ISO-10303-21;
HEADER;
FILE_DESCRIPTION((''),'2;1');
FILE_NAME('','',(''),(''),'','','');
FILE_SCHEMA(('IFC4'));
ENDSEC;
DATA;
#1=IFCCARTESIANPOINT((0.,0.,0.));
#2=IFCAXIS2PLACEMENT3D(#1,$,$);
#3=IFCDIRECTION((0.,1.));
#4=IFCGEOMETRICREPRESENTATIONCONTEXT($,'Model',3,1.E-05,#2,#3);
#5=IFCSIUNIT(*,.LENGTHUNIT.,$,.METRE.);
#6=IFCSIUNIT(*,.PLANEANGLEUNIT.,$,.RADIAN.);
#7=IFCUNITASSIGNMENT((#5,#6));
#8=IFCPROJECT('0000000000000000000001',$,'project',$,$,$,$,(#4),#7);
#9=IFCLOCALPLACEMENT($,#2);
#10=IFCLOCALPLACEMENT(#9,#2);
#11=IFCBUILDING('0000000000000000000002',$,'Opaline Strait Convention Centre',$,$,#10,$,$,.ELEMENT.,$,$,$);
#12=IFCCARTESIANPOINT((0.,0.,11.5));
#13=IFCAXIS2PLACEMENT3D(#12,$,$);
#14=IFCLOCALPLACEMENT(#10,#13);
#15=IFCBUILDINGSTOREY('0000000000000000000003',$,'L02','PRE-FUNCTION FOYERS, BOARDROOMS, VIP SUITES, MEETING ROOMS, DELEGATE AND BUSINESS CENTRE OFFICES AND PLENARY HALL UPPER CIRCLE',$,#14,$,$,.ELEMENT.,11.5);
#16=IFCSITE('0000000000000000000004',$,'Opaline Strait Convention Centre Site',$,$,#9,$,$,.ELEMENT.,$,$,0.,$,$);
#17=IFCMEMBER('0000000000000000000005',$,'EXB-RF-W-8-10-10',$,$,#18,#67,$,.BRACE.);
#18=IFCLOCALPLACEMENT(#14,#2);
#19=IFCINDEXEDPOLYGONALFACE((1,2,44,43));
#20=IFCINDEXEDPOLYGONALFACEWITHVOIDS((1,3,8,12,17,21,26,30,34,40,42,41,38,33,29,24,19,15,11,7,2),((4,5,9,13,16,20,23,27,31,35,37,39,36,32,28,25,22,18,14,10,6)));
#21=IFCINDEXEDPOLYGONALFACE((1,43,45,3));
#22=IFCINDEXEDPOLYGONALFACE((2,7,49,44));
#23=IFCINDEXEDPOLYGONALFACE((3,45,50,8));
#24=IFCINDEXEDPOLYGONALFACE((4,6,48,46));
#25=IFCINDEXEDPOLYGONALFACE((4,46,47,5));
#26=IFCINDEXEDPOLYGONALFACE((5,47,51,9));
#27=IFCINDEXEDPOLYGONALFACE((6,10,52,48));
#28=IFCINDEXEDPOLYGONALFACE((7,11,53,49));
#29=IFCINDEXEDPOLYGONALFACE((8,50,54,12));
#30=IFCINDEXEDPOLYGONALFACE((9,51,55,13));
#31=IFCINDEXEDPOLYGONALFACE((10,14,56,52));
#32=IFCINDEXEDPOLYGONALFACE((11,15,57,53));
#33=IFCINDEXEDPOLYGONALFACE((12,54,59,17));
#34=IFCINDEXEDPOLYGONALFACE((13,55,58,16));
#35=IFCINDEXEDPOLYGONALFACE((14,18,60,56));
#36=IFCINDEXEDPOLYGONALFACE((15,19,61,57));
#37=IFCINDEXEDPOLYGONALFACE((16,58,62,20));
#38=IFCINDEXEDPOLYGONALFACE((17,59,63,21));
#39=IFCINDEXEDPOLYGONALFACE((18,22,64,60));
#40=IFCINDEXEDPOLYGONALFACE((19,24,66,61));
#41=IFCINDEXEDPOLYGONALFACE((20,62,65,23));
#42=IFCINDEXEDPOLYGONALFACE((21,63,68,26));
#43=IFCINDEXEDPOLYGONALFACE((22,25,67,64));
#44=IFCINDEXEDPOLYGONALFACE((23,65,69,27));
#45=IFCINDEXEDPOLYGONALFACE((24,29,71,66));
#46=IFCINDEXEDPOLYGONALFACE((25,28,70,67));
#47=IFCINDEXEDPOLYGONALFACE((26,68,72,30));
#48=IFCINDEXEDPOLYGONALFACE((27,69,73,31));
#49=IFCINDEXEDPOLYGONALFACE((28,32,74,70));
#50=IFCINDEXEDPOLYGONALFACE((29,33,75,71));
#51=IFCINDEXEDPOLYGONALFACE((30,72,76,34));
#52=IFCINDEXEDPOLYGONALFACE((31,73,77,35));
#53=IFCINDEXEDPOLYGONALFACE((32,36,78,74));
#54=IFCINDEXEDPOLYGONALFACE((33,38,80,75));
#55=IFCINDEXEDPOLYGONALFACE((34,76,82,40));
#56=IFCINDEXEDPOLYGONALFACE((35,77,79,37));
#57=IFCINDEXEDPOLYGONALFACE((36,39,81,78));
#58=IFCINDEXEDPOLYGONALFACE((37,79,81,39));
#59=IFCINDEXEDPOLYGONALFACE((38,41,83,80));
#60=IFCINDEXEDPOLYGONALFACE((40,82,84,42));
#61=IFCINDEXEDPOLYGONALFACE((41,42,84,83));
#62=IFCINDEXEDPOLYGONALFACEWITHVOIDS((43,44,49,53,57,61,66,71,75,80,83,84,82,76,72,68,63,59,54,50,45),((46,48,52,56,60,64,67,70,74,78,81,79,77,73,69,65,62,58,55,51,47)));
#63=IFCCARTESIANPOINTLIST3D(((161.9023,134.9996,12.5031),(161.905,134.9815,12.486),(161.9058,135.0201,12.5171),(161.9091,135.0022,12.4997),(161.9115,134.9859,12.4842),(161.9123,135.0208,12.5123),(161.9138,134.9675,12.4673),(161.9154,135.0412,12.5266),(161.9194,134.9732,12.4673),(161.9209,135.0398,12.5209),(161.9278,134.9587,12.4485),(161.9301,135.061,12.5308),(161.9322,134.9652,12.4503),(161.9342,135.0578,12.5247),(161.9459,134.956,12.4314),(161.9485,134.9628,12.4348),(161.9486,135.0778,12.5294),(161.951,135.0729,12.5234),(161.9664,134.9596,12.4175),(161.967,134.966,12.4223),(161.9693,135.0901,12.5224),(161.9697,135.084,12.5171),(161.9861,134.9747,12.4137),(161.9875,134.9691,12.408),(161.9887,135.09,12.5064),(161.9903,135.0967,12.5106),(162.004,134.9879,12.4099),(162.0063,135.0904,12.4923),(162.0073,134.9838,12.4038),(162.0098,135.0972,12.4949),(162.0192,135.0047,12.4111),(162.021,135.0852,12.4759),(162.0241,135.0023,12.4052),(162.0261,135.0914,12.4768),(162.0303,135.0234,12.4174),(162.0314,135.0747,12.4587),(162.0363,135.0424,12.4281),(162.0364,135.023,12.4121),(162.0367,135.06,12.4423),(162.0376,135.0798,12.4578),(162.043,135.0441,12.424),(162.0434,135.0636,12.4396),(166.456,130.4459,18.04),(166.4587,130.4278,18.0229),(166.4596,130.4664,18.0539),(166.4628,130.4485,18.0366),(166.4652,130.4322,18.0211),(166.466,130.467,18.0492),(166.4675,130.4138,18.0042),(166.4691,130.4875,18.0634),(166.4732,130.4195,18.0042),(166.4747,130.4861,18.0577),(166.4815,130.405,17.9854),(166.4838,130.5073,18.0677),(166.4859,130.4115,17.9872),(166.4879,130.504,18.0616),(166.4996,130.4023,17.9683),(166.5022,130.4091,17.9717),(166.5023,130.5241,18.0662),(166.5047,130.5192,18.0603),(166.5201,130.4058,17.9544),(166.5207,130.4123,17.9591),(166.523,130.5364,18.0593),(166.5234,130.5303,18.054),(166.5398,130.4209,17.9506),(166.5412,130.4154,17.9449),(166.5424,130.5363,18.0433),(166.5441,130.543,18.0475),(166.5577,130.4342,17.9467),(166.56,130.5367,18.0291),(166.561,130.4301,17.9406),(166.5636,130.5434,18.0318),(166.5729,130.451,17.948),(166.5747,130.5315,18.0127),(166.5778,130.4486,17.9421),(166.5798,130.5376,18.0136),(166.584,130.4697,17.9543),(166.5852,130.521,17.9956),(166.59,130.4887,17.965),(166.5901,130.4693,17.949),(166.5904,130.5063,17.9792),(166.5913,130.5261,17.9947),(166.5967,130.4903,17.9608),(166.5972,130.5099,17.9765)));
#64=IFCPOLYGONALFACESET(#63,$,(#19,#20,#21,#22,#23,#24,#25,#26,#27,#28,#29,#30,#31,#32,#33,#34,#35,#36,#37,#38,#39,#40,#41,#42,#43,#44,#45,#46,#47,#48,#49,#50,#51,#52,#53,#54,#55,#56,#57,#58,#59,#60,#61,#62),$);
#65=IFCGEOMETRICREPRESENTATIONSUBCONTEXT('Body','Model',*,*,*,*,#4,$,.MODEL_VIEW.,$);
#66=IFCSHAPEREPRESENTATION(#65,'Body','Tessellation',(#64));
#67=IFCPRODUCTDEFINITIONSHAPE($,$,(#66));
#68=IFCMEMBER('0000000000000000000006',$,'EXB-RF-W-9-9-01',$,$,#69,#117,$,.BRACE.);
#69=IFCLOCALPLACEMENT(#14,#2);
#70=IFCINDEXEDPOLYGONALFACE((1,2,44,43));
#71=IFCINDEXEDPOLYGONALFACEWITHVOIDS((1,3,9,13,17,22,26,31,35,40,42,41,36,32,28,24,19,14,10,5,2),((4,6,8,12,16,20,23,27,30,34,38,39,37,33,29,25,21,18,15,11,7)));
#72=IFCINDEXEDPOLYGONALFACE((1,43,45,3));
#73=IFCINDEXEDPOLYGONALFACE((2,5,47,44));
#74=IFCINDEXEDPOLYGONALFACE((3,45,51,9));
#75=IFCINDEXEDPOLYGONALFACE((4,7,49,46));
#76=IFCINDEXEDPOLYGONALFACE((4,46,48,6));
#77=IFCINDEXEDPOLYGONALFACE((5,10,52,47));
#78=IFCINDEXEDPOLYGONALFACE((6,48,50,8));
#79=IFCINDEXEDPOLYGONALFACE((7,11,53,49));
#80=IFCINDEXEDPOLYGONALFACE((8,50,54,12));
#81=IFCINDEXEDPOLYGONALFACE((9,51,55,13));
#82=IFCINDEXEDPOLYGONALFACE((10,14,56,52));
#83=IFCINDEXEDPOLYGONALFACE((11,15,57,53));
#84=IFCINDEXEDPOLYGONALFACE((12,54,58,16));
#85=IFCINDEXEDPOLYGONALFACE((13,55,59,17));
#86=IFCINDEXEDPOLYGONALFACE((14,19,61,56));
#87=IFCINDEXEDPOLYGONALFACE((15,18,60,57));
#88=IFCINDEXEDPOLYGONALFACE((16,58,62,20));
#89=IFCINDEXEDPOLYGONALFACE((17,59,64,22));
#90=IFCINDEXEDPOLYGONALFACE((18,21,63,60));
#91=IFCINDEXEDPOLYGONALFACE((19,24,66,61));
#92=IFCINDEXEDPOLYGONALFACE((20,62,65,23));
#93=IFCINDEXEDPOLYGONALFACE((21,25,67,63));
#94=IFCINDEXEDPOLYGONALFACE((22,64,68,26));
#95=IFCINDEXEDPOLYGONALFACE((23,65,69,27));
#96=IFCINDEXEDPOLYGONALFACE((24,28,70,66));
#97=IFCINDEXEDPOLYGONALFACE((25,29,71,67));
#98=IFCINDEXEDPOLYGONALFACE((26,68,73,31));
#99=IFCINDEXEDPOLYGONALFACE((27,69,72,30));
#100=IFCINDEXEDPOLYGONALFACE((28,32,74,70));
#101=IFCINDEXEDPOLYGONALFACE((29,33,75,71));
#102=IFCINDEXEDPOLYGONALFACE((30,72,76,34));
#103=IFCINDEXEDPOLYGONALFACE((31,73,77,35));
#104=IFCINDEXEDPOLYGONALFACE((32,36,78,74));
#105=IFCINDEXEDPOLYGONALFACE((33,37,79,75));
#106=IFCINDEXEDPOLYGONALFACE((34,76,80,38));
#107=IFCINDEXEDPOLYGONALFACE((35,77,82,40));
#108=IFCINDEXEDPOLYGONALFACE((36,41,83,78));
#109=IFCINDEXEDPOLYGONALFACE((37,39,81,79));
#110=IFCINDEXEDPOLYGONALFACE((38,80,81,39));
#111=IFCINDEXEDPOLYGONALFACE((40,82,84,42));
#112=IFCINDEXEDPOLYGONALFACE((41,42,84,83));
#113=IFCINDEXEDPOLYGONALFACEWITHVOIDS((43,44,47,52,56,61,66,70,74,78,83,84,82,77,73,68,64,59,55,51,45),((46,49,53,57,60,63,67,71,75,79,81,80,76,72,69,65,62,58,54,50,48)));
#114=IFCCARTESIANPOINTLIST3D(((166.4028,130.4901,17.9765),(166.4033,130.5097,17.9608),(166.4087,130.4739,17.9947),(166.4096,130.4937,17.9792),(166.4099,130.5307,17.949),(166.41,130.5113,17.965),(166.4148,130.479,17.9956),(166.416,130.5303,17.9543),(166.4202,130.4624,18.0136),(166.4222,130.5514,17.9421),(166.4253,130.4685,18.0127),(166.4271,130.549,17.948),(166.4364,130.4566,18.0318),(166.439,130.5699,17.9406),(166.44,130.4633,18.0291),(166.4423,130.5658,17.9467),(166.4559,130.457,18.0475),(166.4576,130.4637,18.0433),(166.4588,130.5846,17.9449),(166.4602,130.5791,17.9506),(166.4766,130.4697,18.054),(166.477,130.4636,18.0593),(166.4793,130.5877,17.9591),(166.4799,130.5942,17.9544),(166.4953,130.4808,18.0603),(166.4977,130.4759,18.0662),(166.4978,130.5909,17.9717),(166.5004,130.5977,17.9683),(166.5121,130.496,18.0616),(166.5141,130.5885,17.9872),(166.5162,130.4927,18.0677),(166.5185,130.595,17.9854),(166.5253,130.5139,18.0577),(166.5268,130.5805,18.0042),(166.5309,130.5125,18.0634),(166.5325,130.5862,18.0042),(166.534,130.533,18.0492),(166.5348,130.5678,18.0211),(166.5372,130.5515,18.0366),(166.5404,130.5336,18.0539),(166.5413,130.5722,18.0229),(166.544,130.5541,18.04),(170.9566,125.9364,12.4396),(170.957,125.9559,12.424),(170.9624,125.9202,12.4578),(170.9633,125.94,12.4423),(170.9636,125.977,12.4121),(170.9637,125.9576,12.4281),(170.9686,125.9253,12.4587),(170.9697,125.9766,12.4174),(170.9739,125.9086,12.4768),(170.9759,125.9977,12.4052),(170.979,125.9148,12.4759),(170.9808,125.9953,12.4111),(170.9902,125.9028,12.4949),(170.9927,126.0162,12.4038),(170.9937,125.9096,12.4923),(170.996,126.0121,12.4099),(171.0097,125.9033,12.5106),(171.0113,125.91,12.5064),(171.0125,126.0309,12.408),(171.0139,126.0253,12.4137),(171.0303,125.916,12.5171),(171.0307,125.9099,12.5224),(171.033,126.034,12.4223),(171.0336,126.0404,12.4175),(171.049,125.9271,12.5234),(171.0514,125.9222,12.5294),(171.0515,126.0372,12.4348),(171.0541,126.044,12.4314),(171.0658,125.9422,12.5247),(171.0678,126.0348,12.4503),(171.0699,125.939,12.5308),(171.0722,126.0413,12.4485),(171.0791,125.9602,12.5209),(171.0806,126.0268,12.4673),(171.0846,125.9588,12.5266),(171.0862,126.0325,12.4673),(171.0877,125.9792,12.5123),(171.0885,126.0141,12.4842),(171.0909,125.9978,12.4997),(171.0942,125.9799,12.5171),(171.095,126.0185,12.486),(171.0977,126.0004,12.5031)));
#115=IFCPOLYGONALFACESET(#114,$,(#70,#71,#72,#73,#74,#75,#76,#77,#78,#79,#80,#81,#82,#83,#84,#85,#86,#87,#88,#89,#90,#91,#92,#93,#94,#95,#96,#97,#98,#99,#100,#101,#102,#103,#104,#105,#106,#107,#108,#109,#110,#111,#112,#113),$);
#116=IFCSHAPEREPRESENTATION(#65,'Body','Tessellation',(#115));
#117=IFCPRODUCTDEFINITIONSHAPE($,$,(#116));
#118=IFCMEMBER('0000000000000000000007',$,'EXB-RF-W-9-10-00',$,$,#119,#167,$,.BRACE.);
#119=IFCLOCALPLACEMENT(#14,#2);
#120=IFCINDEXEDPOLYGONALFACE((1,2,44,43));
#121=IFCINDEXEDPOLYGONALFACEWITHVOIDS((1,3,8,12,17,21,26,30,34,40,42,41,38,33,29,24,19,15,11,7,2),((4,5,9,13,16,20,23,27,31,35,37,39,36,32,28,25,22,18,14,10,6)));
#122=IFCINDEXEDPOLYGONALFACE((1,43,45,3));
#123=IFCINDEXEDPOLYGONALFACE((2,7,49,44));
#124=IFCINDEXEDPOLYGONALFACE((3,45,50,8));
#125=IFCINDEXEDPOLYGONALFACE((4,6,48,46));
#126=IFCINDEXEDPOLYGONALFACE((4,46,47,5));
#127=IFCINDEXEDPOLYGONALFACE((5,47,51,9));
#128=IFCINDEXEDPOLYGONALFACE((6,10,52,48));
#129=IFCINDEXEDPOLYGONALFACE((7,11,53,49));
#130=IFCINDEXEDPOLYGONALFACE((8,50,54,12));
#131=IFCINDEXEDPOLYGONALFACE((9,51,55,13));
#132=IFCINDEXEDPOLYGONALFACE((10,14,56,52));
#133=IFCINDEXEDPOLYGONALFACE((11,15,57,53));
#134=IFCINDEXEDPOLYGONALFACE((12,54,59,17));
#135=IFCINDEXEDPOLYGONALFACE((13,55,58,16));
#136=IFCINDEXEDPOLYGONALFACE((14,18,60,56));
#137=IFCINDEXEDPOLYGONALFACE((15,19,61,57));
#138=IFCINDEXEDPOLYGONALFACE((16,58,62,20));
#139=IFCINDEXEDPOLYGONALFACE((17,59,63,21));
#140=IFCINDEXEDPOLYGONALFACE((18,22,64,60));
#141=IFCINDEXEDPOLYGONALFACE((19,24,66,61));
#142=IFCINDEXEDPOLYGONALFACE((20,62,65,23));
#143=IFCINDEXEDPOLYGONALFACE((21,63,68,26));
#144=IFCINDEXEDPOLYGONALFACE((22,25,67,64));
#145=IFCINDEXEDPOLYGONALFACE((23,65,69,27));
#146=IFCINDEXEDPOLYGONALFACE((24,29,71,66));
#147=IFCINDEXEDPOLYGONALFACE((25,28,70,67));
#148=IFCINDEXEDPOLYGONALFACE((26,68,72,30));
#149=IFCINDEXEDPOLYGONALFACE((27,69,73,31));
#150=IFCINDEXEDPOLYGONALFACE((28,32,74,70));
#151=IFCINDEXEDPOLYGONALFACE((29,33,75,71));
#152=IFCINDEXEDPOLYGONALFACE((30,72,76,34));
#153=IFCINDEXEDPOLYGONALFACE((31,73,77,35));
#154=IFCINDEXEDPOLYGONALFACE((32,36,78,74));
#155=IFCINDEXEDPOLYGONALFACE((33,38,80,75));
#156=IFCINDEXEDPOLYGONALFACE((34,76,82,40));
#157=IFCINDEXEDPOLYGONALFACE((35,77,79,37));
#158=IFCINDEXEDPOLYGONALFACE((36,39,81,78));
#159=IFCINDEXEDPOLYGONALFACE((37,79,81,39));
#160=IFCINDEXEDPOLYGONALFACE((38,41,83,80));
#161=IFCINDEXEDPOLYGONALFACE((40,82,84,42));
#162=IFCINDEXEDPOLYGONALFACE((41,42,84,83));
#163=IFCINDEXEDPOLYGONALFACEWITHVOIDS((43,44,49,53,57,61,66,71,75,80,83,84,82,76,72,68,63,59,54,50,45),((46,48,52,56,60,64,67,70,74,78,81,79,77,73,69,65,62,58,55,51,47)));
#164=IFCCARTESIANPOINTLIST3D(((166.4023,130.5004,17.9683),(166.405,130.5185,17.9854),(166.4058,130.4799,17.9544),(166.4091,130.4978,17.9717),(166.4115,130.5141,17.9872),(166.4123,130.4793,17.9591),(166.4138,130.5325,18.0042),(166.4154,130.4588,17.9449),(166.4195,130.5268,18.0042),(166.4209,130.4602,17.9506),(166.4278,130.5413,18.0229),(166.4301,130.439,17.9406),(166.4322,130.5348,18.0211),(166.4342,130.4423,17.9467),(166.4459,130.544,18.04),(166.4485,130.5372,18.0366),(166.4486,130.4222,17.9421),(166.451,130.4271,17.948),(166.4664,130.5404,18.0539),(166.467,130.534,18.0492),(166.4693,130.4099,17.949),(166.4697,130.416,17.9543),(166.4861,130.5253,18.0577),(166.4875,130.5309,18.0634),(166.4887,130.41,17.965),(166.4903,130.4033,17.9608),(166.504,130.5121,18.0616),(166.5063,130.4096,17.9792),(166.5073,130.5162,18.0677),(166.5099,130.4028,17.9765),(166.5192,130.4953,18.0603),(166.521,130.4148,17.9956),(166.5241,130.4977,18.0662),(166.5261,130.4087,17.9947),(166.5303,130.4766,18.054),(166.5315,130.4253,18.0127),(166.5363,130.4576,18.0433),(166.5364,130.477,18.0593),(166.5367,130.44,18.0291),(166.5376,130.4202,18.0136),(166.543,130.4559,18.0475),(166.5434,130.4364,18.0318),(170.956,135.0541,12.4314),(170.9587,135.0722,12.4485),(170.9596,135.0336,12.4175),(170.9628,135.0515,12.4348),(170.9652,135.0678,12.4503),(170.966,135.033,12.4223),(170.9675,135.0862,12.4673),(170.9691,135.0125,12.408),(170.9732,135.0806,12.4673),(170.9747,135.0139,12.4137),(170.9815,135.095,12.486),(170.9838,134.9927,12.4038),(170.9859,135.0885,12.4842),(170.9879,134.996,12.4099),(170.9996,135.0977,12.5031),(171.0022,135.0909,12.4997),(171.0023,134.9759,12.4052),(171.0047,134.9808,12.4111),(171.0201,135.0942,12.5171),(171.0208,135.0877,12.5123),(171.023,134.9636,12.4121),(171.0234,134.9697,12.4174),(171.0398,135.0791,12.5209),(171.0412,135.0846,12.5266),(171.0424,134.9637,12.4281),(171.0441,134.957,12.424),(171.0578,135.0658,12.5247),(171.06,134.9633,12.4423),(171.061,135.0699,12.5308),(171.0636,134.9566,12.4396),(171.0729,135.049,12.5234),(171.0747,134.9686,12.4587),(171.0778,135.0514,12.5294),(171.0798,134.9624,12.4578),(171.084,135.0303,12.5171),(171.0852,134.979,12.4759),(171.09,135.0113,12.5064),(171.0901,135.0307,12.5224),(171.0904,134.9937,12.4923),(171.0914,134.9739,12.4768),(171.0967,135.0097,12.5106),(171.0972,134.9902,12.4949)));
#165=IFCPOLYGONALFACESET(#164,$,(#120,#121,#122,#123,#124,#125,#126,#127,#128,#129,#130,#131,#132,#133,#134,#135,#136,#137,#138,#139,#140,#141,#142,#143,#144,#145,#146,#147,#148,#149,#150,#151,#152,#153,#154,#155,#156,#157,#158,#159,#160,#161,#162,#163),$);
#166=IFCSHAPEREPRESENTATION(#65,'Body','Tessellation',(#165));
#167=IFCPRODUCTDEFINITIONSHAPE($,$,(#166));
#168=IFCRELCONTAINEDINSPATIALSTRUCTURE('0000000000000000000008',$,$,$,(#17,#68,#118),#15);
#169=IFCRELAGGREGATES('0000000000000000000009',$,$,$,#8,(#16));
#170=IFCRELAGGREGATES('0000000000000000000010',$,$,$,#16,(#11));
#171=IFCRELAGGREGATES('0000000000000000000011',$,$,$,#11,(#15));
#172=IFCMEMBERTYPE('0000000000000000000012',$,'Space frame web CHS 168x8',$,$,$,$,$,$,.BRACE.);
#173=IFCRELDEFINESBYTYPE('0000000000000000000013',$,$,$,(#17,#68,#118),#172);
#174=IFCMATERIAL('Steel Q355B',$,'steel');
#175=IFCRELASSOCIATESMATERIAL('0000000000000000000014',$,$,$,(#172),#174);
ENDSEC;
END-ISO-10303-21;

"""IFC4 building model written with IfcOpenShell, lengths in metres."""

from ifc_helpers import new_model, si_unit, direction, frame, origin, origin_2d, place, context, subcontext, project, spatial, hollow_circle, extrude, material, material_profile, profile_set, type_object, element, save


model = new_model("IFC4")

# Units and contexts
model_context = context("Model", 3, precision=1e-05, world=origin(), true_north=direction((0.0, 1.0)))
body_context = subcontext(model_context, "Body", "Model", "MODEL_VIEW")
ifc_project = project(units=[si_unit("LENGTHUNIT", "METRE"), si_unit("PLANEANGLEUNIT", "RADIAN")], contexts=[model_context])

# Site, building, storey
site_placement = place(None, origin())
site = spatial("IfcSite", under=ifc_project, at=site_placement, Name="Opaline Strait Convention Centre Site", CompositionType="ELEMENT", RefElevation=0.0)
building_placement = place(site_placement, origin())
building = spatial("IfcBuilding", under=site, at=building_placement, Name="Opaline Strait Convention Centre", CompositionType="ELEMENT")
storey_placement = place(building_placement, frame((0.0, 0.0, 11.5)))
storey = spatial("IfcBuildingStorey", under=building, at=storey_placement, Name="L02", Description="PRE-FUNCTION FOYERS, BOARDROOMS, VIP SUITES, MEETING ROOMS, DELEGATE AND BUSINESS CENTRE OFFICES AND PLENARY HALL UPPER CIRCLE", CompositionType="ELEMENT", Elevation=11.5)

# Members
ifc_material = material(Name="Steel Q355B", Category="steel")
ifc_material_profile_1 = material_profile(ifc_material, hollow_circle(Radius=0.084, WallThickness=0.0081, at=origin_2d()), Name="CHS 168x8")
ifc_profile_set_1 = profile_set([ifc_material_profile_1], Name="Steel Q355B")
member_type_1 = type_object("IfcMemberType", Name="Space frame web CHS 168x8", PredefinedType="BRACE", material=ifc_profile_set_1)
for number, where, z_axis, x_axis, name in (
    (1, (166.5269, 130.4731, 18.0042), (-0.536178, 0.536178, -0.65194), (-0.707107, -0.707107, 0.0), "EXB-RF-W-8-10-10"),
    (2, (166.4731, 130.5269, 18.0042), (0.536178, -0.536178, -0.65194), (0.707107, 0.707107, 0.0), "EXB-RF-W-9-9-01"),
    (3, (166.4731, 130.4731, 18.0042), (0.536178, 0.536178, -0.65194), (-0.707107, 0.707107, 0.0), "EXB-RF-W-9-10-00"),
):
    element("IfcMember", number, at=place(storey_placement, frame(where, z_axis=z_axis, x_axis=x_axis)), inside=storey, type_object=member_type_1, Name=name, PredefinedType="BRACE", context=body_context, shape_type="SweptSolid", body=[
        extrude(hollow_circle(Radius=0.084, WallThickness=0.0081, at=origin_2d()), origin(), (0.0, 0.0, 1.0), 8.4929),
    ])

save(model, "model.ifc")
